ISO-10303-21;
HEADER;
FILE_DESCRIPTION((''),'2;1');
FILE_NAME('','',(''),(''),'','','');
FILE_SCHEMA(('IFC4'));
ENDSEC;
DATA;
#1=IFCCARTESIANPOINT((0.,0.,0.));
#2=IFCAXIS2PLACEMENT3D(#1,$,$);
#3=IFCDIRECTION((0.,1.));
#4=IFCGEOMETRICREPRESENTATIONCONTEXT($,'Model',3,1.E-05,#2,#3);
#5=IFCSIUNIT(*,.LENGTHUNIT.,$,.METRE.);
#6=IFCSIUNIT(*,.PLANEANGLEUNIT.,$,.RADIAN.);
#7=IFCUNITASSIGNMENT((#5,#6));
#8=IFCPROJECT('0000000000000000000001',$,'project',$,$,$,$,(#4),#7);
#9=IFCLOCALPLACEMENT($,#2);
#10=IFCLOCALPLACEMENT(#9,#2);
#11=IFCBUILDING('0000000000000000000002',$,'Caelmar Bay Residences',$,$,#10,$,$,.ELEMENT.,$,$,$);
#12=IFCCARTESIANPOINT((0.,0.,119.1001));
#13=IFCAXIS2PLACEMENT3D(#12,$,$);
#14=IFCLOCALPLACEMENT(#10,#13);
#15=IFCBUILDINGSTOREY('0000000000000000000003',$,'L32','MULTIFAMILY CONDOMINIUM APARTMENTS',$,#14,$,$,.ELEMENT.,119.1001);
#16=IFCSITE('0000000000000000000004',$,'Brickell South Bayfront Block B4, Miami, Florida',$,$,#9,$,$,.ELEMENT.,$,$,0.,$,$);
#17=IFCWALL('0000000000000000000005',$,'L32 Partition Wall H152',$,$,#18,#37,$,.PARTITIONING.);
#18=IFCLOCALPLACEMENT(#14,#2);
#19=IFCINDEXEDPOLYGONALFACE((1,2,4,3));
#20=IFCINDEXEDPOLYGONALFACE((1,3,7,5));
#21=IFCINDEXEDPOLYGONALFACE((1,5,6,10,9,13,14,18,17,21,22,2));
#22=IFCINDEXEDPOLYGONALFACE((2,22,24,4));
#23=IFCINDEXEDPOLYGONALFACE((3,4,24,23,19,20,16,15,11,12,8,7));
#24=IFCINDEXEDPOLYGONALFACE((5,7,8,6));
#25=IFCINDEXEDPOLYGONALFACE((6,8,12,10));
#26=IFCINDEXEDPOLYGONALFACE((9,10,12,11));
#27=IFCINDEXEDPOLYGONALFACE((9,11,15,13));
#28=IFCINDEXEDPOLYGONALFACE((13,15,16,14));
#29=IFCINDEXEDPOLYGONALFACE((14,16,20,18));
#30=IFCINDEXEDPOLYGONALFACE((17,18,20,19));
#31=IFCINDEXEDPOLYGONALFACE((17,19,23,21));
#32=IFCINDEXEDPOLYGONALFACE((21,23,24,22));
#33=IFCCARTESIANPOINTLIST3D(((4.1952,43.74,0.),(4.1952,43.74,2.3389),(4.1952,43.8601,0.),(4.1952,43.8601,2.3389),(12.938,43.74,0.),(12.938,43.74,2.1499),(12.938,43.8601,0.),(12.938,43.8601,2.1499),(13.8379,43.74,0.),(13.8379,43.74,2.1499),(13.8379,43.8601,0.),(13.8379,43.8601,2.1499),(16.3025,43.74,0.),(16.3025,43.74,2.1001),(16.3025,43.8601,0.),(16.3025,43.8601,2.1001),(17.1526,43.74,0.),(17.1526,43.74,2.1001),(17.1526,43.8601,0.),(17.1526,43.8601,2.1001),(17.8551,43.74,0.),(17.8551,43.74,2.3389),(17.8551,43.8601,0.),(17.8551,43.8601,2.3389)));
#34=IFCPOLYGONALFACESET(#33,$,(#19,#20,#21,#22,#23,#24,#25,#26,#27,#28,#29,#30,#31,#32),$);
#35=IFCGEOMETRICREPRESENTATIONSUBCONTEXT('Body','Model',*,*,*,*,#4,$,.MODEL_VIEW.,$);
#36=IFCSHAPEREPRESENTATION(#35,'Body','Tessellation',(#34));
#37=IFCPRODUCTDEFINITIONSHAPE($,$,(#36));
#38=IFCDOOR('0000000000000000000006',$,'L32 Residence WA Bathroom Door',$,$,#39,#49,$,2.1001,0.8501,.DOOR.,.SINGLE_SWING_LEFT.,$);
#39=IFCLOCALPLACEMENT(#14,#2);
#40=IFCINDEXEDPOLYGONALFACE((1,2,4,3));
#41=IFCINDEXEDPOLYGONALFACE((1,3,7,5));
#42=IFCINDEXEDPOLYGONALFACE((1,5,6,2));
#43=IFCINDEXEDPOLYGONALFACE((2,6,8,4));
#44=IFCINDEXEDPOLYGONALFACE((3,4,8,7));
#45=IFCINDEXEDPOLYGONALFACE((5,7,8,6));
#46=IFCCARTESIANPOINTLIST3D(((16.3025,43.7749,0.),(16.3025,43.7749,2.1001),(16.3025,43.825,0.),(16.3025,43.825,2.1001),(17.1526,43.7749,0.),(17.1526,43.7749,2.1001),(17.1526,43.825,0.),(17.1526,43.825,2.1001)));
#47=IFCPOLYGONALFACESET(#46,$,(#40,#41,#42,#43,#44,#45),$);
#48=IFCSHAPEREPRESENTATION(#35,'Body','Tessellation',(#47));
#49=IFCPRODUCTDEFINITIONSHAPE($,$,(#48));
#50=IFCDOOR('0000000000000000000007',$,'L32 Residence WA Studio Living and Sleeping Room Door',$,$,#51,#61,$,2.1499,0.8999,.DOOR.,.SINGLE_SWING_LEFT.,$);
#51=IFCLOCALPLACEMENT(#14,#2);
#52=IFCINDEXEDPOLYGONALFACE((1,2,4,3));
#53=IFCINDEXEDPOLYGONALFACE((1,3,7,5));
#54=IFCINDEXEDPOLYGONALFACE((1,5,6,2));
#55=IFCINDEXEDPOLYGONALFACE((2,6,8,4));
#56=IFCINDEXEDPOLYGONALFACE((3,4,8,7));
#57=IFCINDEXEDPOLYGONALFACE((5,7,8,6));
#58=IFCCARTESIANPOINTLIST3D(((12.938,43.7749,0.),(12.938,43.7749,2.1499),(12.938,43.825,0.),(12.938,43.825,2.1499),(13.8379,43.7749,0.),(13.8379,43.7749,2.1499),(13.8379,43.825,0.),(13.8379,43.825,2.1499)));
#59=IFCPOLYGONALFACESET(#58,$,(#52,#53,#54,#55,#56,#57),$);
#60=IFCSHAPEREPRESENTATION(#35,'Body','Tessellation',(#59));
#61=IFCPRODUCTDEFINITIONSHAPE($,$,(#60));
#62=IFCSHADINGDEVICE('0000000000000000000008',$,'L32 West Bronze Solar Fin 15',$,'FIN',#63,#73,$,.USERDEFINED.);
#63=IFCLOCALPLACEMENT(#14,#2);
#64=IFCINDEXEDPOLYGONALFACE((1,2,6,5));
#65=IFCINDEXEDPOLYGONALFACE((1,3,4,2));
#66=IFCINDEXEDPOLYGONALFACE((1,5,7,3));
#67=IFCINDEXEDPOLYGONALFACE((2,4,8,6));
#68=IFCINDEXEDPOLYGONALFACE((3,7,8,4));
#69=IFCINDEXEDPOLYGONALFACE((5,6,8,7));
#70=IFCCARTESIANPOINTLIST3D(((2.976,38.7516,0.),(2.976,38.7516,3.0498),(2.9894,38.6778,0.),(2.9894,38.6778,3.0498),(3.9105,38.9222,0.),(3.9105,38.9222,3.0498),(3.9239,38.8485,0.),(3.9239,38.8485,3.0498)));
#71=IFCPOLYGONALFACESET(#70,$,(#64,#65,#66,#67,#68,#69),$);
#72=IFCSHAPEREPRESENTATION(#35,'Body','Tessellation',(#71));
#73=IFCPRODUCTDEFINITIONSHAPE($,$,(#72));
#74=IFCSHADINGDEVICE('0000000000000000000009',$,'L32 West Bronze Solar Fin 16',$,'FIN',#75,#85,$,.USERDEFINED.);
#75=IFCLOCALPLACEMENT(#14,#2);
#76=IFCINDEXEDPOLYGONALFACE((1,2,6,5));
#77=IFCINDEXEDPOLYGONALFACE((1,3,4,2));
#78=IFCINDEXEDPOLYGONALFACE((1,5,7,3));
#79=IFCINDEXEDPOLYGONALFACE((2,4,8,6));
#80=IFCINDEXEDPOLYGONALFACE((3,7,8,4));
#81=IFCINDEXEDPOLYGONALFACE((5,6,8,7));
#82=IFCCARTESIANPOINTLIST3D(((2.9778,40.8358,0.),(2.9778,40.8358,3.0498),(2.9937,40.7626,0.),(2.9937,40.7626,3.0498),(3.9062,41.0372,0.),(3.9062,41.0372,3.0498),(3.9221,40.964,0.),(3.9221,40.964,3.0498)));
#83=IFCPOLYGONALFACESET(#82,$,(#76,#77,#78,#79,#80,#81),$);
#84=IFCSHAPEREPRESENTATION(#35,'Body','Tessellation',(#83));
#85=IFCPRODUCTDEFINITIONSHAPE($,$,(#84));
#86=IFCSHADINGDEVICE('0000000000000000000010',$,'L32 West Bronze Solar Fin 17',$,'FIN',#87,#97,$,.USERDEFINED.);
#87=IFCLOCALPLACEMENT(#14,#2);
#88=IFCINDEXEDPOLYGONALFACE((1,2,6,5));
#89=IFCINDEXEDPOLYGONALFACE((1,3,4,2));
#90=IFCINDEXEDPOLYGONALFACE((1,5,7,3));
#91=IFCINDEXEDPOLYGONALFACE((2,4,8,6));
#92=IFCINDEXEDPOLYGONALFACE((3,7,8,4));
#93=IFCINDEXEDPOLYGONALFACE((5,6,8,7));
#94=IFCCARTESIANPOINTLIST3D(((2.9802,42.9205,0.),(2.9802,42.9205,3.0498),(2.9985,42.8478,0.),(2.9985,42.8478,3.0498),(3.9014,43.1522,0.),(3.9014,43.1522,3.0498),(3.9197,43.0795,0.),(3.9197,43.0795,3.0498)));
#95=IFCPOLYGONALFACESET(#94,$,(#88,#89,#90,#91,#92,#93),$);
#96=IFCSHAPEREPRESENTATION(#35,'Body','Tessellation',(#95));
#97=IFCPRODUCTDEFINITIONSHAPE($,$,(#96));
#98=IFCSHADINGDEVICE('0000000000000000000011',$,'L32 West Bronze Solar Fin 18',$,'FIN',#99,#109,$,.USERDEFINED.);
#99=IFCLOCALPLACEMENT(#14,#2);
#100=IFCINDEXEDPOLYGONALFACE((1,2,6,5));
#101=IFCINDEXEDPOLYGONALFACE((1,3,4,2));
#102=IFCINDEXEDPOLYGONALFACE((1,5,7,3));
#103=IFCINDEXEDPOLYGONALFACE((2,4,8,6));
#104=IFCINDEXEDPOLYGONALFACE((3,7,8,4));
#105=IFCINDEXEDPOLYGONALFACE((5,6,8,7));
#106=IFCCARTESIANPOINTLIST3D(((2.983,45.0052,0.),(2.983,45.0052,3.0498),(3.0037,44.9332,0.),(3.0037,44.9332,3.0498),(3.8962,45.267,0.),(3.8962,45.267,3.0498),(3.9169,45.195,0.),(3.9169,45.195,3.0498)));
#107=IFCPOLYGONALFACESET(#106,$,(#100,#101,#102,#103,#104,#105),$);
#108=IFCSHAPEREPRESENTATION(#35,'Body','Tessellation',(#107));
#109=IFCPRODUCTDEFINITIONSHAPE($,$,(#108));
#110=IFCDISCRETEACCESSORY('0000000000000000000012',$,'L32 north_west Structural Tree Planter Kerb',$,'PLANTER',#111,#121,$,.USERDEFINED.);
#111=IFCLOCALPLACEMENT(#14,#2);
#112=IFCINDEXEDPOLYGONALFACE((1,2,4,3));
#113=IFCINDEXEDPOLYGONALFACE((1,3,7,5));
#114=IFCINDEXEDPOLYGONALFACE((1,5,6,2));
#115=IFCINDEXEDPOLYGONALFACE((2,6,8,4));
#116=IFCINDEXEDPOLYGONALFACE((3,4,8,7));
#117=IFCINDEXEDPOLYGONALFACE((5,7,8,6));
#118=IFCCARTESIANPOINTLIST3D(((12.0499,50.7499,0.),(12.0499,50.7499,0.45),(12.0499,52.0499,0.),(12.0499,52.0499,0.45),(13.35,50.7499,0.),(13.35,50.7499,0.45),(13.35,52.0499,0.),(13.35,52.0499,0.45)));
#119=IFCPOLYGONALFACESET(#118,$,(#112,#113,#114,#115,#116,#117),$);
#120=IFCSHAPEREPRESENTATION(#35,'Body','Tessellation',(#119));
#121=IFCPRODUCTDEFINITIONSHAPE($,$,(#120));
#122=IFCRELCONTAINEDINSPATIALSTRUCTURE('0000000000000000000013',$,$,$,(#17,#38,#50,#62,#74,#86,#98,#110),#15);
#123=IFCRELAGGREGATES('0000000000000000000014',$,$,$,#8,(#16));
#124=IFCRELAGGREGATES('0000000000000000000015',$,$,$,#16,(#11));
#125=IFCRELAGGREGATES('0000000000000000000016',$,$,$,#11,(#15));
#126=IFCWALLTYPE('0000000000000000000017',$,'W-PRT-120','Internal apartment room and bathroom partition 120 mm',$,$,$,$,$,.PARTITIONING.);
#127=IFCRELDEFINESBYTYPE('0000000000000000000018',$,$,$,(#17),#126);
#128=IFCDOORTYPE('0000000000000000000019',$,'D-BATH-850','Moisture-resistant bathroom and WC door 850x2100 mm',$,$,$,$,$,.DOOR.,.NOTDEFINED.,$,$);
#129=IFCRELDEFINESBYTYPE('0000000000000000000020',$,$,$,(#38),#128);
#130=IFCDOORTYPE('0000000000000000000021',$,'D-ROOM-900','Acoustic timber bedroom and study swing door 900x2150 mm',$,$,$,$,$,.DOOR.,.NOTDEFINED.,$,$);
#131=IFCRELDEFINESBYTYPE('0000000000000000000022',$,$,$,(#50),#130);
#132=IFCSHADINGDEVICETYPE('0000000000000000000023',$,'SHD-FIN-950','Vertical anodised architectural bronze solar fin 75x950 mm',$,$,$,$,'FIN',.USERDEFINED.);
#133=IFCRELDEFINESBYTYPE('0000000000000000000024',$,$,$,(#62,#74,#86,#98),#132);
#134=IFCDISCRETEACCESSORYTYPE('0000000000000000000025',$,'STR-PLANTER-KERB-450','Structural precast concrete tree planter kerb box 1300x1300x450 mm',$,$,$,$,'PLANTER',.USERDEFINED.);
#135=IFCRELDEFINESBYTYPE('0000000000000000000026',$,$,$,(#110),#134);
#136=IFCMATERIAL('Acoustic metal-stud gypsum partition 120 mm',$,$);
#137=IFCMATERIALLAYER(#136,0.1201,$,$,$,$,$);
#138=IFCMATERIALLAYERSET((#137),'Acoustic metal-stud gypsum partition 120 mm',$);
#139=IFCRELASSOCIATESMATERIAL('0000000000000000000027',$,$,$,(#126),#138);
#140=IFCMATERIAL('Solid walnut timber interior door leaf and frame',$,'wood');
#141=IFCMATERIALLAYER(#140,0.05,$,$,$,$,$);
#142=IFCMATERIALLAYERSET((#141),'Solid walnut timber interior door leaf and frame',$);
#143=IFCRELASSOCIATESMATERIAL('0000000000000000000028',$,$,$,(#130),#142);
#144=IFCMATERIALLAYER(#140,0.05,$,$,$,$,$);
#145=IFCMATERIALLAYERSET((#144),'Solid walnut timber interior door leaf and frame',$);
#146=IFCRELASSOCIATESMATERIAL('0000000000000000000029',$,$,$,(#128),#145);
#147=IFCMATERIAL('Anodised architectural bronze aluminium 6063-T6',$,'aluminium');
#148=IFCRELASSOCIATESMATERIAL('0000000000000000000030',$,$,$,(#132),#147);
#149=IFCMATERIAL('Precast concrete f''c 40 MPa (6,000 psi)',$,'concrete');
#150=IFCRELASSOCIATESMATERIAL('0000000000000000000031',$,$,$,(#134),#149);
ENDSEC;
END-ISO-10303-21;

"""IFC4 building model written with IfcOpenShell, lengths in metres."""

from ifc_helpers import new_model, si_unit, direction, frame, frame_2d, origin, origin_2d, place, context, subcontext, project, spatial, rectangle, extrude, material, layer, layer_set, material_profile, profile_set, type_object, element, fill, save


model = new_model("IFC4")

# Units and contexts
model_context = context("Model", 3, precision=1e-05, world=origin(), true_north=direction((0.0, 1.0)))
body_context = subcontext(model_context, "Body", "Model", "MODEL_VIEW")
ifc_project = project(units=[si_unit("LENGTHUNIT", "METRE"), si_unit("PLANEANGLEUNIT", "RADIAN")], contexts=[model_context])

# Site, building, storey
site_placement = place(None, origin())
site = spatial("IfcSite", under=ifc_project, at=site_placement, Name="Brickell South Bayfront Block B4, Miami, Florida", CompositionType="ELEMENT", RefElevation=0.0)
building_placement = place(site_placement, origin())
building = spatial("IfcBuilding", under=site, at=building_placement, Name="Caelmar Bay Residences", CompositionType="ELEMENT")
storey_placement = place(building_placement, frame((0.0, 0.0, 119.1001)))
storey = spatial("IfcBuildingStorey", under=building, at=storey_placement, Name="L32", Description="MULTIFAMILY CONDOMINIUM APARTMENTS", CompositionType="ELEMENT", Elevation=119.1001)

# Shared definitions
ifc_material_1 = material(Name="Precast concrete f'c 40 MPa (6,000 psi)", Category="concrete")

# Shared definitions
ifc_material_2 = material(Name="Acoustic metal-stud gypsum partition 120 mm")
ifc_layer_1 = layer(ifc_material_2, 0.1201)
ifc_layer_set_1 = layer_set([ifc_layer_1], Name="Acoustic metal-stud gypsum partition 120 mm")
wall_type_1 = type_object("IfcWallType", Name="W-PRT-120", Description="Internal apartment room and bathroom partition 120 mm", PredefinedType="PARTITIONING", material=ifc_layer_set_1)
ifc_material_3 = material(Name="Solid walnut timber interior door leaf and frame", Category="wood")
ifc_layer_2 = layer(ifc_material_3, 0.05)
ifc_layer_set_2 = layer_set([ifc_layer_2], Name="Solid walnut timber interior door leaf and frame")
door_type_1 = type_object("IfcDoorType", Name="D-ROOM-900", Description="Acoustic timber bedroom and study swing door 900x2150 mm", OperationType="NOTDEFINED", PredefinedType="DOOR", material=ifc_layer_set_2)

# Wall, openings, doors
wall_1_placement = place(storey_placement, frame((4.1951, 43.8, 0.0), z_axis=(0.0, 0.0, 1.0), x_axis=(1.0, 0.0, 0.0)))
wall_1 = element("IfcWall", 1, at=wall_1_placement, inside=storey, type_object=wall_type_1, Name="L32 Partition Wall H152", PredefinedType="PARTITIONING", context=body_context, shape_type="SweptSolid", body=[
    extrude(rectangle(XDim=13.6599, YDim=0.1201, at=frame_2d((6.8301, 0.0))), origin(), (0.0, 0.0, 1.0), 2.3389),
])
opening_1_placement = place(wall_1_placement, frame((8.7429, 0.0, 0.0)))
opening_1 = element("IfcOpeningElement", 2, at=opening_1_placement, cuts=wall_1, PredefinedType="OPENING", context=body_context, shape_type="SweptSolid", body=[
    extrude(rectangle(XDim=0.8999, YDim=2.1499, at=frame_2d((0.45, 1.075))), frame((0.0, 0.0701, 0.0), z_axis=(0.0, -1.0, 0.0), x_axis=(1.0, 0.0, 0.0)), (0.0, 0.0, 1.0), 0.1401),
])
opening_2_placement = place(wall_1_placement, frame((12.1074, 0.0, 0.0)))
opening_2 = element("IfcOpeningElement", 3, at=opening_2_placement, cuts=wall_1, PredefinedType="OPENING", context=body_context, shape_type="SweptSolid", body=[
    extrude(rectangle(XDim=0.8501, YDim=2.1001, at=frame_2d((0.425, 1.05))), frame((0.0, 0.0701, 0.0), z_axis=(0.0, -1.0, 0.0), x_axis=(1.0, 0.0, 0.0)), (0.0, 0.0, 1.0), 0.1401),
])
ifc_layer_3 = layer(ifc_material_3, 0.05)
ifc_layer_set_3 = layer_set([ifc_layer_3], Name="Solid walnut timber interior door leaf and frame")
door_type_2 = type_object("IfcDoorType", Name="D-BATH-850", Description="Moisture-resistant bathroom and WC door 850x2100 mm", OperationType="NOTDEFINED", PredefinedType="DOOR", material=ifc_layer_set_3)
door_1_placement = place(opening_2_placement, origin())
door_1 = element("IfcDoor", 4, at=door_1_placement, inside=storey, type_object=door_type_2, Name="L32 Residence WA Bathroom Door", OperationType="SINGLE_SWING_LEFT", OverallHeight=2.1001, OverallWidth=0.8501, PredefinedType="DOOR", context=body_context, shape_type="SweptSolid", body=[
    extrude(rectangle(XDim=0.8501, YDim=2.1001, at=frame_2d((0.425, 1.05))), frame((0.0, 0.0249, 0.0), z_axis=(0.0, -1.0, 0.0), x_axis=(1.0, 0.0, 0.0)), (0.0, 0.0, 1.0), 0.05),
])
fill(opening_2, door_1)
door_2_placement = place(opening_1_placement, origin())
door_2 = element("IfcDoor", 5, at=door_2_placement, inside=storey, type_object=door_type_1, Name="L32 Residence WA Studio Living and Sleeping Room Door", OperationType="SINGLE_SWING_LEFT", OverallHeight=2.1499, OverallWidth=0.8999, PredefinedType="DOOR", context=body_context, shape_type="SweptSolid", body=[
    extrude(rectangle(XDim=0.8999, YDim=2.1499, at=frame_2d((0.45, 1.075))), frame((0.0, 0.0249, 0.0), z_axis=(0.0, -1.0, 0.0), x_axis=(1.0, 0.0, 0.0)), (0.0, 0.0, 1.0), 0.05),
])
fill(opening_1, door_2)

# Shading devices
ifc_material_4 = material(Name="Anodised architectural bronze aluminium 6063-T6", Category="aluminium")
ifc_material_profile_1 = material_profile(ifc_material_4, rectangle(XDim=0.075, YDim=0.95, at=origin_2d()), Name="BRONZE-FIN-75X950")
ifc_profile_set_1 = profile_set([ifc_material_profile_1], Name="Anodised architectural bronze aluminium 6063-T6")
shading_device_type = type_object("IfcShadingDeviceType", Name="SHD-FIN-950", Description="Vertical anodised architectural bronze solar fin 75x950 mm", ElementType="FIN", PredefinedType="USERDEFINED", material=ifc_profile_set_1)
for number, where, z_axis, x_axis, name in (
    (6, (3.45, 38.8, 0.0), (0.0, 0.0, 1.0), (-0.179661, 0.983729, 0.0), "L32 West Bronze Solar Fin 15"),
    (7, (3.45, 40.8999, 0.0), (0.0, 0.0, 1.0), (-0.212007, 0.977268, 0.0), "L32 West Bronze Solar Fin 16"),
    (8, (3.45, 43.0, 0.0), (0.0, 0.0, 1.0), (-0.243954, 0.969787, 0.0), "L32 West Bronze Solar Fin 17"),
    (9, (3.45, 45.1001, 0.0), (0.0, 0.0, 1.0), (-0.275637, 0.961262, 0.0), "L32 West Bronze Solar Fin 18"),
):
    element("IfcShadingDevice", number, at=place(storey_placement, frame(where, z_axis=z_axis, x_axis=x_axis)), inside=storey, type_object=shading_device_type, Name=name, ObjectType="FIN", PredefinedType="USERDEFINED", context=body_context, shape_type="SweptSolid", body=[
        extrude(rectangle(XDim=0.075, YDim=0.95, at=origin_2d()), origin(), (0.0, 0.0, 1.0), 3.0498),
    ])

# Discrete accessory
discrete_accessory_type = type_object("IfcDiscreteAccessoryType", Name="STR-PLANTER-KERB-450", Description="Structural precast concrete tree planter kerb box 1300x1300x450 mm", ElementType="PLANTER", PredefinedType="USERDEFINED", material=ifc_material_1)
discrete_accessory_placement = place(storey_placement, frame((12.7, 51.3999, 0.0), z_axis=(0.0, 0.0, 1.0), x_axis=(1.0, 0.0, 0.0)))
element("IfcDiscreteAccessory", 10, at=discrete_accessory_placement, inside=storey, type_object=discrete_accessory_type, Name="L32 north_west Structural Tree Planter Kerb", ObjectType="PLANTER", PredefinedType="USERDEFINED", context=body_context, shape_type="SweptSolid", body=[
    extrude(rectangle(XDim=1.3, YDim=1.3, at=origin_2d()), origin(), (0.0, 0.0, 1.0), 0.45),
])

save(model, "model.ifc")
